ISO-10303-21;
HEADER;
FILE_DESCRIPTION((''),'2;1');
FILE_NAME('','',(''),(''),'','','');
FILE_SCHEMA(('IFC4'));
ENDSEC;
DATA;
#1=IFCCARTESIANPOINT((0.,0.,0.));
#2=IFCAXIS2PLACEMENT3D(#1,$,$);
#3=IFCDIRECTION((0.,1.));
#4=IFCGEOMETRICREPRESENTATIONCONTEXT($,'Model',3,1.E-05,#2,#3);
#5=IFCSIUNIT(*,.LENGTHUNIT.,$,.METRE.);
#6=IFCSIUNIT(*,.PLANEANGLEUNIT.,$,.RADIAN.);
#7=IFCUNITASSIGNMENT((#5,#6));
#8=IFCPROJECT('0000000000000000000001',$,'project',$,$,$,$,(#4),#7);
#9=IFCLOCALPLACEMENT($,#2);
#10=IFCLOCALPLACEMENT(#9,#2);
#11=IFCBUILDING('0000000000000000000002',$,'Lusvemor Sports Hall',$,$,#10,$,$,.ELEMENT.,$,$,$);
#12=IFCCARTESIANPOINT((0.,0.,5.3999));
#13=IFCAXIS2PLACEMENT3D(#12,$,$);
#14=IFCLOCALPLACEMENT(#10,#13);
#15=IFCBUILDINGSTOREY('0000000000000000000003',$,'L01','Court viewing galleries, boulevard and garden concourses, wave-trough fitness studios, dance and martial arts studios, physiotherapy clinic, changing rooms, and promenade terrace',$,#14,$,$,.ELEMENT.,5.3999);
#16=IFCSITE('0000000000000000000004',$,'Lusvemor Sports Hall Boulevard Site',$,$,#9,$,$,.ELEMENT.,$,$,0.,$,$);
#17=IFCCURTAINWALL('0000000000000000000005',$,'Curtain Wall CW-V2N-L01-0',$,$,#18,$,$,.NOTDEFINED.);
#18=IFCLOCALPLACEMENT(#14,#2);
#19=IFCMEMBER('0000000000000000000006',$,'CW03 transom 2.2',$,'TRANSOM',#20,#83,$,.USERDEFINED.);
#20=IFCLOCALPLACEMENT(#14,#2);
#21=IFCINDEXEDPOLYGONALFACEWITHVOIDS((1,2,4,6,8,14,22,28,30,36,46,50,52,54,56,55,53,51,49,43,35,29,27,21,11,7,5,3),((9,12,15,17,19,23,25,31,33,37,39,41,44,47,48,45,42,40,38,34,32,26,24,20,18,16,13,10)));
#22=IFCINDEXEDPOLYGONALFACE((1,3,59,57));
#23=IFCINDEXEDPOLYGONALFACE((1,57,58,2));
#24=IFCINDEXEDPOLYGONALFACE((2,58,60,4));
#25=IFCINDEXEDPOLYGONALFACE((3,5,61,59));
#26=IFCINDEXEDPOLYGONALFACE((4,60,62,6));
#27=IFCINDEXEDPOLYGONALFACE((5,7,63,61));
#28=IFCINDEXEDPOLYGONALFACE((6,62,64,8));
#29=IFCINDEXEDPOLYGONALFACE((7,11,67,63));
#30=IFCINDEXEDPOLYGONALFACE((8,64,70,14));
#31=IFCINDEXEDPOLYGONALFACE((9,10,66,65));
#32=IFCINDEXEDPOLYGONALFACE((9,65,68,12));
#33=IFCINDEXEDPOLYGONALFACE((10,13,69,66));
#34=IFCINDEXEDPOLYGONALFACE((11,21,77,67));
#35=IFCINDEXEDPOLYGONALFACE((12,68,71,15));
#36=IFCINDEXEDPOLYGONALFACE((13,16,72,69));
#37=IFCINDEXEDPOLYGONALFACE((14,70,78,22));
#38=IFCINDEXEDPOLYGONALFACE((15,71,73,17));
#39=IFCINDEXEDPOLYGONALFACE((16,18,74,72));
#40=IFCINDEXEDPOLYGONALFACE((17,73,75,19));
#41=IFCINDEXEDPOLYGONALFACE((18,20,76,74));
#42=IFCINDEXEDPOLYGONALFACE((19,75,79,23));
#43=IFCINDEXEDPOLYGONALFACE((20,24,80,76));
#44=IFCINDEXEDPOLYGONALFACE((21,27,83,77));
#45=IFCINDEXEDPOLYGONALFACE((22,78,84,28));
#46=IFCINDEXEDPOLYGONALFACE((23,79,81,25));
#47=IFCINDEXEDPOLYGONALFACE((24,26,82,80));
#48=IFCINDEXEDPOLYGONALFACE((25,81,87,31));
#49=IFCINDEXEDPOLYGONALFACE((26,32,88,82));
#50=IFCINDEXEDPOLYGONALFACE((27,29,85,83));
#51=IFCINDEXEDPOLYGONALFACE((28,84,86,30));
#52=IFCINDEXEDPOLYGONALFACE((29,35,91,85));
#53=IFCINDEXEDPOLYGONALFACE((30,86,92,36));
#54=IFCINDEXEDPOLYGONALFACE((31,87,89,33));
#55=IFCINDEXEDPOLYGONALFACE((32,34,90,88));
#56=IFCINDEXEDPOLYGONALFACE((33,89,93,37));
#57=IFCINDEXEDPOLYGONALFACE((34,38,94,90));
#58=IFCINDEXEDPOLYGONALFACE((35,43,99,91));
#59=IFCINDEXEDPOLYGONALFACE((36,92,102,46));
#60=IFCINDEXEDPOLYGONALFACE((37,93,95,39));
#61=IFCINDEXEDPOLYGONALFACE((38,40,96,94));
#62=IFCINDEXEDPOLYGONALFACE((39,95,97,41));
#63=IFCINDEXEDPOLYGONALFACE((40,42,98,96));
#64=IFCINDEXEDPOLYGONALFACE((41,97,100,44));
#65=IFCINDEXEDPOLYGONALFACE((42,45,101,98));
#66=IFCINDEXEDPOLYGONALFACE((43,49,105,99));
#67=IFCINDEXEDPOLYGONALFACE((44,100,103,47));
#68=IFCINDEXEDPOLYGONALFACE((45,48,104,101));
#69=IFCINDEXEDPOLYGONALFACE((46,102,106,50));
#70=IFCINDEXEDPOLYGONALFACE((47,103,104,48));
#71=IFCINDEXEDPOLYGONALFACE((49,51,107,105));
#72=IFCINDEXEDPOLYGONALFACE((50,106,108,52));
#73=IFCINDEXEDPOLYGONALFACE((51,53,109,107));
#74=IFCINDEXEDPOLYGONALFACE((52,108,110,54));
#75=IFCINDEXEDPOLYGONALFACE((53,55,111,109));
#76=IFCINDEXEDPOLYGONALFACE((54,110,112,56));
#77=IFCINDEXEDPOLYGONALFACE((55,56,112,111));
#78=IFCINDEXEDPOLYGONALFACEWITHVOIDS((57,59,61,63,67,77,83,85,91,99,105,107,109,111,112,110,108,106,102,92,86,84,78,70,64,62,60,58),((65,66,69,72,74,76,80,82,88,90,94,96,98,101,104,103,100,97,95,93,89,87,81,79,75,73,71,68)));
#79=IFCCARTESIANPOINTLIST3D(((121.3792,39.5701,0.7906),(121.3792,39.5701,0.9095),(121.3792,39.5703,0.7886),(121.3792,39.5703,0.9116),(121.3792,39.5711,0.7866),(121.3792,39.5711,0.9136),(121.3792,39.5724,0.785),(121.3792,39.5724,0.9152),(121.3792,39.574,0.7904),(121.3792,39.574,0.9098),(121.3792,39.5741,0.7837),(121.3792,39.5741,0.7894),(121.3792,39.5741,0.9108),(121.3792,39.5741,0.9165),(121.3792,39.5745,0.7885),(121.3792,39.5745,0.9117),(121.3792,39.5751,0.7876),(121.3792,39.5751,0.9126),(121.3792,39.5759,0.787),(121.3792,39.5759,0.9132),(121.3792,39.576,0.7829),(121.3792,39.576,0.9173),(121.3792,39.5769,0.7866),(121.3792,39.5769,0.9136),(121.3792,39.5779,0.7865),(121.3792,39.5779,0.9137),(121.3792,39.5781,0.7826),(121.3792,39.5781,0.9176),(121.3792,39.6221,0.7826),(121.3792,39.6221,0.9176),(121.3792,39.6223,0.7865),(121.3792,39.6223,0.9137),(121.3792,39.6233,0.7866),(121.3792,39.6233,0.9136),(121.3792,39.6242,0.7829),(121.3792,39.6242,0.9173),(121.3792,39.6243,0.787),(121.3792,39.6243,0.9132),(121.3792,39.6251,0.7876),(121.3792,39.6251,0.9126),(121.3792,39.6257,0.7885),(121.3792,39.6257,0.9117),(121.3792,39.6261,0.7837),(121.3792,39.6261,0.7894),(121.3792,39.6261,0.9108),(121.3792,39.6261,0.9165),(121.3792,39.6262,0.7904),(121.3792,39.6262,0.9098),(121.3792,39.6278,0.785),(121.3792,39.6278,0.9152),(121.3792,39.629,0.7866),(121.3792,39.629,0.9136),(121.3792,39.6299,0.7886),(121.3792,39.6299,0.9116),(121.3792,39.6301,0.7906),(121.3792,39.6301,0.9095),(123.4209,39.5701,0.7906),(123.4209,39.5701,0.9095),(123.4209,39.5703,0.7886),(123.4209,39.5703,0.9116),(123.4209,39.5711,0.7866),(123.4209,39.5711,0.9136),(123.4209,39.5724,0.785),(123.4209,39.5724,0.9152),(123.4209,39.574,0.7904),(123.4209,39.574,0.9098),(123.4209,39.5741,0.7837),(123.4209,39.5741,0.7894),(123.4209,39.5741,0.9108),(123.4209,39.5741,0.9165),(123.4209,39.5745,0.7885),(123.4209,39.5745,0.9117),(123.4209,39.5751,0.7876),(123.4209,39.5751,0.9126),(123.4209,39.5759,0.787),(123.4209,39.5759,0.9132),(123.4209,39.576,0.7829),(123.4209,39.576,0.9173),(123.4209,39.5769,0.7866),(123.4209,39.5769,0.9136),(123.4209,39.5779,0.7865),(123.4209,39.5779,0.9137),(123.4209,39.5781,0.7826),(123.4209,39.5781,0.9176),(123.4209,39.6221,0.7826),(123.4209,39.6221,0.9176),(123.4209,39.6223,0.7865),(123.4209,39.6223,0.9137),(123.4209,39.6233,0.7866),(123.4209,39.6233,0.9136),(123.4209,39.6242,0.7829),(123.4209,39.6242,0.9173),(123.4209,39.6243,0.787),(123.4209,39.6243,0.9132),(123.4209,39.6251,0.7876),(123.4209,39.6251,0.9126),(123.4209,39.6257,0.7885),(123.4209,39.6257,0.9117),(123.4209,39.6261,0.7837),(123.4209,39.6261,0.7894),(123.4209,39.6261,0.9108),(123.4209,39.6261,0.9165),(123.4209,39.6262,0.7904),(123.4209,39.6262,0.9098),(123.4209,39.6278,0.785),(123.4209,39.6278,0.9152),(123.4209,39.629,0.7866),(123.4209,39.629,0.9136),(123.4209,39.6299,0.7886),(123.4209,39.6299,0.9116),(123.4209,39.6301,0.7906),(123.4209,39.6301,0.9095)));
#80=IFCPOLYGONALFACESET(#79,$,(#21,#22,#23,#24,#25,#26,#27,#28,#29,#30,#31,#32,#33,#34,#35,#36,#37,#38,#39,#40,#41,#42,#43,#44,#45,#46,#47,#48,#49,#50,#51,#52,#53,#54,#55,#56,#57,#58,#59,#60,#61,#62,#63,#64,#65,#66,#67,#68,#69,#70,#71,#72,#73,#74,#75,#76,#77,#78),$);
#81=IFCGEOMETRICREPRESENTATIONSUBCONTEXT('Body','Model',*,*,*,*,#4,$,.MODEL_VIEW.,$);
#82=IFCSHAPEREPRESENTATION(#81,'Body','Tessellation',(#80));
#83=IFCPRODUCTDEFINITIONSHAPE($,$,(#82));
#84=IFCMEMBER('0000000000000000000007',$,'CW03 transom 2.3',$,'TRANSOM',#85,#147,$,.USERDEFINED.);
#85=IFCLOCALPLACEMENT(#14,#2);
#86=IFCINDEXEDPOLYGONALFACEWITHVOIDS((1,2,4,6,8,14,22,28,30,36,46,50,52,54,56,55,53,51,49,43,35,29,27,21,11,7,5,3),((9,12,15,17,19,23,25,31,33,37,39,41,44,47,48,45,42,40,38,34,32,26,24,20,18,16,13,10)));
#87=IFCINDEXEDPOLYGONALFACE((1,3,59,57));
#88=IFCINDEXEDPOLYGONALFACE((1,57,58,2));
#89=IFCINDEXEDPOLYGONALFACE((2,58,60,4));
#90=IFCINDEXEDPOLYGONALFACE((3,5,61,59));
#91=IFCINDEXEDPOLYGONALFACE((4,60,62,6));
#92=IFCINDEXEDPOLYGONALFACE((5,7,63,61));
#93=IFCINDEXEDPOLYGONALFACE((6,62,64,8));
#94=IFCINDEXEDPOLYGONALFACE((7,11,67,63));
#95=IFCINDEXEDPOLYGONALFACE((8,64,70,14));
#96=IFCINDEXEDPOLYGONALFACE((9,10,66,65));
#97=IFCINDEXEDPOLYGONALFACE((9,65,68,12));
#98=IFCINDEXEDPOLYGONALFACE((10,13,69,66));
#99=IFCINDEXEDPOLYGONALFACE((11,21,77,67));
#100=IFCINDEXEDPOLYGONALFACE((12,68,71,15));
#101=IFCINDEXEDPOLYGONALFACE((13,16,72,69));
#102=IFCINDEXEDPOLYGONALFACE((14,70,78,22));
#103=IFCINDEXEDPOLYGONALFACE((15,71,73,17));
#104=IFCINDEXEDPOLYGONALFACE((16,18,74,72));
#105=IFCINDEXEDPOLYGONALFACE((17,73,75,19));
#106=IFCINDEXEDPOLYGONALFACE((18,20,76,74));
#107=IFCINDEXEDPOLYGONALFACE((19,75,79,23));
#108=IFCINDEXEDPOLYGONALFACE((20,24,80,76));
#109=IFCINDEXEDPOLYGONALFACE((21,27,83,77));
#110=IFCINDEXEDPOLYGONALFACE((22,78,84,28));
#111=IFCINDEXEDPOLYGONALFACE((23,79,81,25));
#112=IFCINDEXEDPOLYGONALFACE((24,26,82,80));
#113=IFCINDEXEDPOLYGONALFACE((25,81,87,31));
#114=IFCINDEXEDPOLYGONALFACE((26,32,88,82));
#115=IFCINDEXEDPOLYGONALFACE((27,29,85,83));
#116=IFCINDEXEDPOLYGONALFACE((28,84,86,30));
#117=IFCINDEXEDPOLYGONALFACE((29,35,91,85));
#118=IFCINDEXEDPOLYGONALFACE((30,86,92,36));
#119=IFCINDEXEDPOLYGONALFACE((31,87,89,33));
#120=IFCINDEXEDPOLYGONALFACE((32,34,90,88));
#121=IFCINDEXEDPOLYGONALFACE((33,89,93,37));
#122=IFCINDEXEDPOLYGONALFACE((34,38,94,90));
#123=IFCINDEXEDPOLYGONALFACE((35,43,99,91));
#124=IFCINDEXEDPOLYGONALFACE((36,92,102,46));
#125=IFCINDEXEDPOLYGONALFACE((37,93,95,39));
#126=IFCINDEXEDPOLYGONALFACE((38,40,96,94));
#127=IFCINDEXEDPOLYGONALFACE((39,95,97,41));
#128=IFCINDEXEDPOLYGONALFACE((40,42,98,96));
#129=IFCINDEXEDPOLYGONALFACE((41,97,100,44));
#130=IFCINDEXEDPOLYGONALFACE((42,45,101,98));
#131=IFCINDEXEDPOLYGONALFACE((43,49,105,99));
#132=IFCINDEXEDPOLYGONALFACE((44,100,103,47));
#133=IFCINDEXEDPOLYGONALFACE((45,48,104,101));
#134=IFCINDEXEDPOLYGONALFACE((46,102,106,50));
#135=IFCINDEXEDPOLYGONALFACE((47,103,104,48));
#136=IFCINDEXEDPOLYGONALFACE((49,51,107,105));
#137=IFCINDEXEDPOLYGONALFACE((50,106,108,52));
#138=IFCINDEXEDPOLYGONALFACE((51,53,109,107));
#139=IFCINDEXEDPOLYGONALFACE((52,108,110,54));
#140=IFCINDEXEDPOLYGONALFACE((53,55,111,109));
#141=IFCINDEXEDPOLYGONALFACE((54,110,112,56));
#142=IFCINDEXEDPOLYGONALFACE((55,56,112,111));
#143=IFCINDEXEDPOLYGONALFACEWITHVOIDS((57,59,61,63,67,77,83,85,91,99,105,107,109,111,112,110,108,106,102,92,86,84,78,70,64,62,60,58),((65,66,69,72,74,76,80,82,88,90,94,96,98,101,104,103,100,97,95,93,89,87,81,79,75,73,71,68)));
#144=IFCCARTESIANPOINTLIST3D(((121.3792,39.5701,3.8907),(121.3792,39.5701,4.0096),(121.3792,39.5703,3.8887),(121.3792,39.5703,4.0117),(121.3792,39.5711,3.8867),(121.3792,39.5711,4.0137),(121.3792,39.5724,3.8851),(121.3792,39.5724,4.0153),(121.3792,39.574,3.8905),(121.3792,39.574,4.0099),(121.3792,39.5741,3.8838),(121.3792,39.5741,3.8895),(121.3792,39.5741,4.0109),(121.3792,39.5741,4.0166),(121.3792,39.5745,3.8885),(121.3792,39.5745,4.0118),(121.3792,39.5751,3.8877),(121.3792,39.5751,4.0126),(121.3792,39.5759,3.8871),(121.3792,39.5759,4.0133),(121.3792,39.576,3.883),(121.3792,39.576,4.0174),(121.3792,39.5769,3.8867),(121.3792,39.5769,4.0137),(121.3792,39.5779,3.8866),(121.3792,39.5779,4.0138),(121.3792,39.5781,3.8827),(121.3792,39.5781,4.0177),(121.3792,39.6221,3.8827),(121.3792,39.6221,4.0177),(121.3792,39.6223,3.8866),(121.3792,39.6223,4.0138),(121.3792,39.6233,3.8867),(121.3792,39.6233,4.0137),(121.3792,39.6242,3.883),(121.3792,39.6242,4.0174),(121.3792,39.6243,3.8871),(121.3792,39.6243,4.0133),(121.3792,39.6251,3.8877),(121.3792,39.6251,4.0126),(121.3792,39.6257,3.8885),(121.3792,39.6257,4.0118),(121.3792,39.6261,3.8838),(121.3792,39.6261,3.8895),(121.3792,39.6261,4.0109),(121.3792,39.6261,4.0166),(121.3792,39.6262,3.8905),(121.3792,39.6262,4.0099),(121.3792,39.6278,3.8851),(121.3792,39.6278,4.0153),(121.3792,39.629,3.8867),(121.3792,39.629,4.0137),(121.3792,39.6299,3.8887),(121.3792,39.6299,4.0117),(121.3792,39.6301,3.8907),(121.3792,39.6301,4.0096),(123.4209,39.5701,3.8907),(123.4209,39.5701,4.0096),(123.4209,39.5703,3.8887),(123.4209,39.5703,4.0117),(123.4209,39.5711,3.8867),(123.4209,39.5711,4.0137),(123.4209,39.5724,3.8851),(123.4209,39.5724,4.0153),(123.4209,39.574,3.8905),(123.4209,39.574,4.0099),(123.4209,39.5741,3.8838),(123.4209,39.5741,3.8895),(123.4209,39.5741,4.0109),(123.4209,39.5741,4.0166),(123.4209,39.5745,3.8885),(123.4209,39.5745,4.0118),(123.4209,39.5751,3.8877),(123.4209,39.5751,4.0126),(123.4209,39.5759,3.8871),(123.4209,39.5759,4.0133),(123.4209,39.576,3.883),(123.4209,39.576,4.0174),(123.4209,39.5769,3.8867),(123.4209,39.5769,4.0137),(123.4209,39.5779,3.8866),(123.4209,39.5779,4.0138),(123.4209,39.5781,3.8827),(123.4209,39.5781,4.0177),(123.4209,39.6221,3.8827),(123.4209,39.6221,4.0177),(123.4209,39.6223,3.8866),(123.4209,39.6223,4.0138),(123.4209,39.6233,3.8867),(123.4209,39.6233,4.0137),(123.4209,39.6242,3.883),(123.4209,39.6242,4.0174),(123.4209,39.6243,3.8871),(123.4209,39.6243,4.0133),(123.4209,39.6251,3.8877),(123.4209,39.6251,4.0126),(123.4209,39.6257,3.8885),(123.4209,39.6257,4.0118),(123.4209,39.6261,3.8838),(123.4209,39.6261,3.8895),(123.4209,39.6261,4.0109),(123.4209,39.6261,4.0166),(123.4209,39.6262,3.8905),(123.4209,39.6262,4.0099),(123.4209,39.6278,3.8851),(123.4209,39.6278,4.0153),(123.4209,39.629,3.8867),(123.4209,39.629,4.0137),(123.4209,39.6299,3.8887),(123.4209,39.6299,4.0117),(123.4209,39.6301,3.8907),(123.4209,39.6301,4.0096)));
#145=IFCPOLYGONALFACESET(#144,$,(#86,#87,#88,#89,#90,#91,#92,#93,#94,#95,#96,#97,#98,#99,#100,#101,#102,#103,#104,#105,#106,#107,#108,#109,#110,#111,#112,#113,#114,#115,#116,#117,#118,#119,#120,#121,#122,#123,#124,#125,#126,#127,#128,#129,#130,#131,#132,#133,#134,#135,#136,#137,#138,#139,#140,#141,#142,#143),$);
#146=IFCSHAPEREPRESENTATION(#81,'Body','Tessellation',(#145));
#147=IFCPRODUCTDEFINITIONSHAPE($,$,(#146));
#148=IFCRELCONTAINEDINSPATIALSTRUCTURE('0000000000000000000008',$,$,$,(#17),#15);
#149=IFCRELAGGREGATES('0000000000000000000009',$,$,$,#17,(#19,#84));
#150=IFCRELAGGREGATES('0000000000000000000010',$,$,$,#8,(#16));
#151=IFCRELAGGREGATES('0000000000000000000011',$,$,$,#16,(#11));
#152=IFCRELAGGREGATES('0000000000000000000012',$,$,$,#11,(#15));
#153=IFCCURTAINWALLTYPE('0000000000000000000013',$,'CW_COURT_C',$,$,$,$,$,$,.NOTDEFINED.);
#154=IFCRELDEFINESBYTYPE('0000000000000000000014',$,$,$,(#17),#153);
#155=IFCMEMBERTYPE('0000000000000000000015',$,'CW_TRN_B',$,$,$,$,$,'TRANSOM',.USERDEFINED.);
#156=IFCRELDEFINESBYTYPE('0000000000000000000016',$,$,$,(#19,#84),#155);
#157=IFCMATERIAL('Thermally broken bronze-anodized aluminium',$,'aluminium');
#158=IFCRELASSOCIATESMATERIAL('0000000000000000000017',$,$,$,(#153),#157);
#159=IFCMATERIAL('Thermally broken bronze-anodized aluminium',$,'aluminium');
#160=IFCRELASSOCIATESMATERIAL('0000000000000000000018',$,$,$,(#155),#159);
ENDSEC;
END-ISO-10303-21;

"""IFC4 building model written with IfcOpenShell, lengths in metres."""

from ifc_helpers import new_model, si_unit, direction, frame, origin, origin_2d, place, context, subcontext, project, spatial, hollow_rectangle, extrude, material, material_profile, profile_set, type_object, element, aggregate, save


model = new_model("IFC4")

# Units and contexts
model_context = context("Model", 3, precision=1e-05, world=origin(), true_north=direction((0.0, 1.0)))
body_context = subcontext(model_context, "Body", "Model", "MODEL_VIEW")
ifc_project = project(units=[si_unit("LENGTHUNIT", "METRE"), si_unit("PLANEANGLEUNIT", "RADIAN")], contexts=[model_context])

# Site, building, storey
site_placement = place(None, origin())
site = spatial("IfcSite", under=ifc_project, at=site_placement, Name="Lusvemor Sports Hall Boulevard Site", CompositionType="ELEMENT", RefElevation=0.0)
building_placement = place(site_placement, origin())
building = spatial("IfcBuilding", under=site, at=building_placement, Name="Lusvemor Sports Hall", CompositionType="ELEMENT")
storey_placement = place(building_placement, frame((0.0, 0.0, 5.3999)))
storey = spatial("IfcBuildingStorey", under=building, at=storey_placement, Name="L01", Description="Court viewing galleries, boulevard and garden concourses, wave-trough fitness studios, dance and martial arts studios, physiotherapy clinic, changing rooms, and promenade terrace", CompositionType="ELEMENT", Elevation=5.3999)

# Curtain wall
ifc_material_1 = material(Name="Thermally broken bronze-anodized aluminium", Category="aluminium")
curtain_wall_type = type_object("IfcCurtainWallType", Name="CW_COURT_C", PredefinedType="NOTDEFINED", material=ifc_material_1)
curtain_wall_1_placement = place(storey_placement, origin())
curtain_wall_1 = element("IfcCurtainWall", 1, at=curtain_wall_1_placement, inside=storey, type_object=curtain_wall_type, Name="Curtain Wall CW-V2N-L01-0", PredefinedType="NOTDEFINED")

# Members
ifc_material_2 = material(Name="Thermally broken bronze-anodized aluminium", Category="aluminium")
ifc_material_profile_1 = material_profile(ifc_material_2, hollow_rectangle(XDim=0.0601, YDim=0.135, WallThickness=0.0039, InnerFilletRadius=0.0039, OuterFilletRadius=0.0081, at=origin_2d()), Name="CWTRN135x60x4")
ifc_profile_set_1 = profile_set([ifc_material_profile_1], Name="Thermally broken bronze-anodized aluminium")
member_type_1 = type_object("IfcMemberType", Name="CW_TRN_B", ElementType="TRANSOM", PredefinedType="USERDEFINED", material=ifc_profile_set_1)
member_1_placement = place(storey_placement, frame((121.3792, 39.6001, 0.8501), z_axis=(1.0, 0.0, 0.0), x_axis=(0.0, 1.0, 0.0)))
member_1 = element("IfcMember", 2, at=member_1_placement, type_object=member_type_1, Name="CW03 transom 2.2", ObjectType="TRANSOM", PredefinedType="USERDEFINED", context=body_context, shape_type="SweptSolid", body=[
    extrude(hollow_rectangle(XDim=0.0601, YDim=0.135, WallThickness=0.0039, InnerFilletRadius=0.0039, OuterFilletRadius=0.0081, at=origin_2d()), origin(), (0.0, 0.0, 1.0), 2.0417),
])
member_2_placement = place(storey_placement, frame((121.3792, 39.6001, 3.9502), z_axis=(1.0, 0.0, 0.0), x_axis=(0.0, 1.0, 0.0)))
member_2 = element("IfcMember", 3, at=member_2_placement, type_object=member_type_1, Name="CW03 transom 2.3", ObjectType="TRANSOM", PredefinedType="USERDEFINED", context=body_context, shape_type="SweptSolid", body=[
    extrude(hollow_rectangle(XDim=0.0601, YDim=0.135, WallThickness=0.0039, InnerFilletRadius=0.0039, OuterFilletRadius=0.0081, at=origin_2d()), origin(), (0.0, 0.0, 1.0), 2.0417),
])

aggregate(curtain_wall_1, [member_1, member_2])

save(model, "model.ifc")
